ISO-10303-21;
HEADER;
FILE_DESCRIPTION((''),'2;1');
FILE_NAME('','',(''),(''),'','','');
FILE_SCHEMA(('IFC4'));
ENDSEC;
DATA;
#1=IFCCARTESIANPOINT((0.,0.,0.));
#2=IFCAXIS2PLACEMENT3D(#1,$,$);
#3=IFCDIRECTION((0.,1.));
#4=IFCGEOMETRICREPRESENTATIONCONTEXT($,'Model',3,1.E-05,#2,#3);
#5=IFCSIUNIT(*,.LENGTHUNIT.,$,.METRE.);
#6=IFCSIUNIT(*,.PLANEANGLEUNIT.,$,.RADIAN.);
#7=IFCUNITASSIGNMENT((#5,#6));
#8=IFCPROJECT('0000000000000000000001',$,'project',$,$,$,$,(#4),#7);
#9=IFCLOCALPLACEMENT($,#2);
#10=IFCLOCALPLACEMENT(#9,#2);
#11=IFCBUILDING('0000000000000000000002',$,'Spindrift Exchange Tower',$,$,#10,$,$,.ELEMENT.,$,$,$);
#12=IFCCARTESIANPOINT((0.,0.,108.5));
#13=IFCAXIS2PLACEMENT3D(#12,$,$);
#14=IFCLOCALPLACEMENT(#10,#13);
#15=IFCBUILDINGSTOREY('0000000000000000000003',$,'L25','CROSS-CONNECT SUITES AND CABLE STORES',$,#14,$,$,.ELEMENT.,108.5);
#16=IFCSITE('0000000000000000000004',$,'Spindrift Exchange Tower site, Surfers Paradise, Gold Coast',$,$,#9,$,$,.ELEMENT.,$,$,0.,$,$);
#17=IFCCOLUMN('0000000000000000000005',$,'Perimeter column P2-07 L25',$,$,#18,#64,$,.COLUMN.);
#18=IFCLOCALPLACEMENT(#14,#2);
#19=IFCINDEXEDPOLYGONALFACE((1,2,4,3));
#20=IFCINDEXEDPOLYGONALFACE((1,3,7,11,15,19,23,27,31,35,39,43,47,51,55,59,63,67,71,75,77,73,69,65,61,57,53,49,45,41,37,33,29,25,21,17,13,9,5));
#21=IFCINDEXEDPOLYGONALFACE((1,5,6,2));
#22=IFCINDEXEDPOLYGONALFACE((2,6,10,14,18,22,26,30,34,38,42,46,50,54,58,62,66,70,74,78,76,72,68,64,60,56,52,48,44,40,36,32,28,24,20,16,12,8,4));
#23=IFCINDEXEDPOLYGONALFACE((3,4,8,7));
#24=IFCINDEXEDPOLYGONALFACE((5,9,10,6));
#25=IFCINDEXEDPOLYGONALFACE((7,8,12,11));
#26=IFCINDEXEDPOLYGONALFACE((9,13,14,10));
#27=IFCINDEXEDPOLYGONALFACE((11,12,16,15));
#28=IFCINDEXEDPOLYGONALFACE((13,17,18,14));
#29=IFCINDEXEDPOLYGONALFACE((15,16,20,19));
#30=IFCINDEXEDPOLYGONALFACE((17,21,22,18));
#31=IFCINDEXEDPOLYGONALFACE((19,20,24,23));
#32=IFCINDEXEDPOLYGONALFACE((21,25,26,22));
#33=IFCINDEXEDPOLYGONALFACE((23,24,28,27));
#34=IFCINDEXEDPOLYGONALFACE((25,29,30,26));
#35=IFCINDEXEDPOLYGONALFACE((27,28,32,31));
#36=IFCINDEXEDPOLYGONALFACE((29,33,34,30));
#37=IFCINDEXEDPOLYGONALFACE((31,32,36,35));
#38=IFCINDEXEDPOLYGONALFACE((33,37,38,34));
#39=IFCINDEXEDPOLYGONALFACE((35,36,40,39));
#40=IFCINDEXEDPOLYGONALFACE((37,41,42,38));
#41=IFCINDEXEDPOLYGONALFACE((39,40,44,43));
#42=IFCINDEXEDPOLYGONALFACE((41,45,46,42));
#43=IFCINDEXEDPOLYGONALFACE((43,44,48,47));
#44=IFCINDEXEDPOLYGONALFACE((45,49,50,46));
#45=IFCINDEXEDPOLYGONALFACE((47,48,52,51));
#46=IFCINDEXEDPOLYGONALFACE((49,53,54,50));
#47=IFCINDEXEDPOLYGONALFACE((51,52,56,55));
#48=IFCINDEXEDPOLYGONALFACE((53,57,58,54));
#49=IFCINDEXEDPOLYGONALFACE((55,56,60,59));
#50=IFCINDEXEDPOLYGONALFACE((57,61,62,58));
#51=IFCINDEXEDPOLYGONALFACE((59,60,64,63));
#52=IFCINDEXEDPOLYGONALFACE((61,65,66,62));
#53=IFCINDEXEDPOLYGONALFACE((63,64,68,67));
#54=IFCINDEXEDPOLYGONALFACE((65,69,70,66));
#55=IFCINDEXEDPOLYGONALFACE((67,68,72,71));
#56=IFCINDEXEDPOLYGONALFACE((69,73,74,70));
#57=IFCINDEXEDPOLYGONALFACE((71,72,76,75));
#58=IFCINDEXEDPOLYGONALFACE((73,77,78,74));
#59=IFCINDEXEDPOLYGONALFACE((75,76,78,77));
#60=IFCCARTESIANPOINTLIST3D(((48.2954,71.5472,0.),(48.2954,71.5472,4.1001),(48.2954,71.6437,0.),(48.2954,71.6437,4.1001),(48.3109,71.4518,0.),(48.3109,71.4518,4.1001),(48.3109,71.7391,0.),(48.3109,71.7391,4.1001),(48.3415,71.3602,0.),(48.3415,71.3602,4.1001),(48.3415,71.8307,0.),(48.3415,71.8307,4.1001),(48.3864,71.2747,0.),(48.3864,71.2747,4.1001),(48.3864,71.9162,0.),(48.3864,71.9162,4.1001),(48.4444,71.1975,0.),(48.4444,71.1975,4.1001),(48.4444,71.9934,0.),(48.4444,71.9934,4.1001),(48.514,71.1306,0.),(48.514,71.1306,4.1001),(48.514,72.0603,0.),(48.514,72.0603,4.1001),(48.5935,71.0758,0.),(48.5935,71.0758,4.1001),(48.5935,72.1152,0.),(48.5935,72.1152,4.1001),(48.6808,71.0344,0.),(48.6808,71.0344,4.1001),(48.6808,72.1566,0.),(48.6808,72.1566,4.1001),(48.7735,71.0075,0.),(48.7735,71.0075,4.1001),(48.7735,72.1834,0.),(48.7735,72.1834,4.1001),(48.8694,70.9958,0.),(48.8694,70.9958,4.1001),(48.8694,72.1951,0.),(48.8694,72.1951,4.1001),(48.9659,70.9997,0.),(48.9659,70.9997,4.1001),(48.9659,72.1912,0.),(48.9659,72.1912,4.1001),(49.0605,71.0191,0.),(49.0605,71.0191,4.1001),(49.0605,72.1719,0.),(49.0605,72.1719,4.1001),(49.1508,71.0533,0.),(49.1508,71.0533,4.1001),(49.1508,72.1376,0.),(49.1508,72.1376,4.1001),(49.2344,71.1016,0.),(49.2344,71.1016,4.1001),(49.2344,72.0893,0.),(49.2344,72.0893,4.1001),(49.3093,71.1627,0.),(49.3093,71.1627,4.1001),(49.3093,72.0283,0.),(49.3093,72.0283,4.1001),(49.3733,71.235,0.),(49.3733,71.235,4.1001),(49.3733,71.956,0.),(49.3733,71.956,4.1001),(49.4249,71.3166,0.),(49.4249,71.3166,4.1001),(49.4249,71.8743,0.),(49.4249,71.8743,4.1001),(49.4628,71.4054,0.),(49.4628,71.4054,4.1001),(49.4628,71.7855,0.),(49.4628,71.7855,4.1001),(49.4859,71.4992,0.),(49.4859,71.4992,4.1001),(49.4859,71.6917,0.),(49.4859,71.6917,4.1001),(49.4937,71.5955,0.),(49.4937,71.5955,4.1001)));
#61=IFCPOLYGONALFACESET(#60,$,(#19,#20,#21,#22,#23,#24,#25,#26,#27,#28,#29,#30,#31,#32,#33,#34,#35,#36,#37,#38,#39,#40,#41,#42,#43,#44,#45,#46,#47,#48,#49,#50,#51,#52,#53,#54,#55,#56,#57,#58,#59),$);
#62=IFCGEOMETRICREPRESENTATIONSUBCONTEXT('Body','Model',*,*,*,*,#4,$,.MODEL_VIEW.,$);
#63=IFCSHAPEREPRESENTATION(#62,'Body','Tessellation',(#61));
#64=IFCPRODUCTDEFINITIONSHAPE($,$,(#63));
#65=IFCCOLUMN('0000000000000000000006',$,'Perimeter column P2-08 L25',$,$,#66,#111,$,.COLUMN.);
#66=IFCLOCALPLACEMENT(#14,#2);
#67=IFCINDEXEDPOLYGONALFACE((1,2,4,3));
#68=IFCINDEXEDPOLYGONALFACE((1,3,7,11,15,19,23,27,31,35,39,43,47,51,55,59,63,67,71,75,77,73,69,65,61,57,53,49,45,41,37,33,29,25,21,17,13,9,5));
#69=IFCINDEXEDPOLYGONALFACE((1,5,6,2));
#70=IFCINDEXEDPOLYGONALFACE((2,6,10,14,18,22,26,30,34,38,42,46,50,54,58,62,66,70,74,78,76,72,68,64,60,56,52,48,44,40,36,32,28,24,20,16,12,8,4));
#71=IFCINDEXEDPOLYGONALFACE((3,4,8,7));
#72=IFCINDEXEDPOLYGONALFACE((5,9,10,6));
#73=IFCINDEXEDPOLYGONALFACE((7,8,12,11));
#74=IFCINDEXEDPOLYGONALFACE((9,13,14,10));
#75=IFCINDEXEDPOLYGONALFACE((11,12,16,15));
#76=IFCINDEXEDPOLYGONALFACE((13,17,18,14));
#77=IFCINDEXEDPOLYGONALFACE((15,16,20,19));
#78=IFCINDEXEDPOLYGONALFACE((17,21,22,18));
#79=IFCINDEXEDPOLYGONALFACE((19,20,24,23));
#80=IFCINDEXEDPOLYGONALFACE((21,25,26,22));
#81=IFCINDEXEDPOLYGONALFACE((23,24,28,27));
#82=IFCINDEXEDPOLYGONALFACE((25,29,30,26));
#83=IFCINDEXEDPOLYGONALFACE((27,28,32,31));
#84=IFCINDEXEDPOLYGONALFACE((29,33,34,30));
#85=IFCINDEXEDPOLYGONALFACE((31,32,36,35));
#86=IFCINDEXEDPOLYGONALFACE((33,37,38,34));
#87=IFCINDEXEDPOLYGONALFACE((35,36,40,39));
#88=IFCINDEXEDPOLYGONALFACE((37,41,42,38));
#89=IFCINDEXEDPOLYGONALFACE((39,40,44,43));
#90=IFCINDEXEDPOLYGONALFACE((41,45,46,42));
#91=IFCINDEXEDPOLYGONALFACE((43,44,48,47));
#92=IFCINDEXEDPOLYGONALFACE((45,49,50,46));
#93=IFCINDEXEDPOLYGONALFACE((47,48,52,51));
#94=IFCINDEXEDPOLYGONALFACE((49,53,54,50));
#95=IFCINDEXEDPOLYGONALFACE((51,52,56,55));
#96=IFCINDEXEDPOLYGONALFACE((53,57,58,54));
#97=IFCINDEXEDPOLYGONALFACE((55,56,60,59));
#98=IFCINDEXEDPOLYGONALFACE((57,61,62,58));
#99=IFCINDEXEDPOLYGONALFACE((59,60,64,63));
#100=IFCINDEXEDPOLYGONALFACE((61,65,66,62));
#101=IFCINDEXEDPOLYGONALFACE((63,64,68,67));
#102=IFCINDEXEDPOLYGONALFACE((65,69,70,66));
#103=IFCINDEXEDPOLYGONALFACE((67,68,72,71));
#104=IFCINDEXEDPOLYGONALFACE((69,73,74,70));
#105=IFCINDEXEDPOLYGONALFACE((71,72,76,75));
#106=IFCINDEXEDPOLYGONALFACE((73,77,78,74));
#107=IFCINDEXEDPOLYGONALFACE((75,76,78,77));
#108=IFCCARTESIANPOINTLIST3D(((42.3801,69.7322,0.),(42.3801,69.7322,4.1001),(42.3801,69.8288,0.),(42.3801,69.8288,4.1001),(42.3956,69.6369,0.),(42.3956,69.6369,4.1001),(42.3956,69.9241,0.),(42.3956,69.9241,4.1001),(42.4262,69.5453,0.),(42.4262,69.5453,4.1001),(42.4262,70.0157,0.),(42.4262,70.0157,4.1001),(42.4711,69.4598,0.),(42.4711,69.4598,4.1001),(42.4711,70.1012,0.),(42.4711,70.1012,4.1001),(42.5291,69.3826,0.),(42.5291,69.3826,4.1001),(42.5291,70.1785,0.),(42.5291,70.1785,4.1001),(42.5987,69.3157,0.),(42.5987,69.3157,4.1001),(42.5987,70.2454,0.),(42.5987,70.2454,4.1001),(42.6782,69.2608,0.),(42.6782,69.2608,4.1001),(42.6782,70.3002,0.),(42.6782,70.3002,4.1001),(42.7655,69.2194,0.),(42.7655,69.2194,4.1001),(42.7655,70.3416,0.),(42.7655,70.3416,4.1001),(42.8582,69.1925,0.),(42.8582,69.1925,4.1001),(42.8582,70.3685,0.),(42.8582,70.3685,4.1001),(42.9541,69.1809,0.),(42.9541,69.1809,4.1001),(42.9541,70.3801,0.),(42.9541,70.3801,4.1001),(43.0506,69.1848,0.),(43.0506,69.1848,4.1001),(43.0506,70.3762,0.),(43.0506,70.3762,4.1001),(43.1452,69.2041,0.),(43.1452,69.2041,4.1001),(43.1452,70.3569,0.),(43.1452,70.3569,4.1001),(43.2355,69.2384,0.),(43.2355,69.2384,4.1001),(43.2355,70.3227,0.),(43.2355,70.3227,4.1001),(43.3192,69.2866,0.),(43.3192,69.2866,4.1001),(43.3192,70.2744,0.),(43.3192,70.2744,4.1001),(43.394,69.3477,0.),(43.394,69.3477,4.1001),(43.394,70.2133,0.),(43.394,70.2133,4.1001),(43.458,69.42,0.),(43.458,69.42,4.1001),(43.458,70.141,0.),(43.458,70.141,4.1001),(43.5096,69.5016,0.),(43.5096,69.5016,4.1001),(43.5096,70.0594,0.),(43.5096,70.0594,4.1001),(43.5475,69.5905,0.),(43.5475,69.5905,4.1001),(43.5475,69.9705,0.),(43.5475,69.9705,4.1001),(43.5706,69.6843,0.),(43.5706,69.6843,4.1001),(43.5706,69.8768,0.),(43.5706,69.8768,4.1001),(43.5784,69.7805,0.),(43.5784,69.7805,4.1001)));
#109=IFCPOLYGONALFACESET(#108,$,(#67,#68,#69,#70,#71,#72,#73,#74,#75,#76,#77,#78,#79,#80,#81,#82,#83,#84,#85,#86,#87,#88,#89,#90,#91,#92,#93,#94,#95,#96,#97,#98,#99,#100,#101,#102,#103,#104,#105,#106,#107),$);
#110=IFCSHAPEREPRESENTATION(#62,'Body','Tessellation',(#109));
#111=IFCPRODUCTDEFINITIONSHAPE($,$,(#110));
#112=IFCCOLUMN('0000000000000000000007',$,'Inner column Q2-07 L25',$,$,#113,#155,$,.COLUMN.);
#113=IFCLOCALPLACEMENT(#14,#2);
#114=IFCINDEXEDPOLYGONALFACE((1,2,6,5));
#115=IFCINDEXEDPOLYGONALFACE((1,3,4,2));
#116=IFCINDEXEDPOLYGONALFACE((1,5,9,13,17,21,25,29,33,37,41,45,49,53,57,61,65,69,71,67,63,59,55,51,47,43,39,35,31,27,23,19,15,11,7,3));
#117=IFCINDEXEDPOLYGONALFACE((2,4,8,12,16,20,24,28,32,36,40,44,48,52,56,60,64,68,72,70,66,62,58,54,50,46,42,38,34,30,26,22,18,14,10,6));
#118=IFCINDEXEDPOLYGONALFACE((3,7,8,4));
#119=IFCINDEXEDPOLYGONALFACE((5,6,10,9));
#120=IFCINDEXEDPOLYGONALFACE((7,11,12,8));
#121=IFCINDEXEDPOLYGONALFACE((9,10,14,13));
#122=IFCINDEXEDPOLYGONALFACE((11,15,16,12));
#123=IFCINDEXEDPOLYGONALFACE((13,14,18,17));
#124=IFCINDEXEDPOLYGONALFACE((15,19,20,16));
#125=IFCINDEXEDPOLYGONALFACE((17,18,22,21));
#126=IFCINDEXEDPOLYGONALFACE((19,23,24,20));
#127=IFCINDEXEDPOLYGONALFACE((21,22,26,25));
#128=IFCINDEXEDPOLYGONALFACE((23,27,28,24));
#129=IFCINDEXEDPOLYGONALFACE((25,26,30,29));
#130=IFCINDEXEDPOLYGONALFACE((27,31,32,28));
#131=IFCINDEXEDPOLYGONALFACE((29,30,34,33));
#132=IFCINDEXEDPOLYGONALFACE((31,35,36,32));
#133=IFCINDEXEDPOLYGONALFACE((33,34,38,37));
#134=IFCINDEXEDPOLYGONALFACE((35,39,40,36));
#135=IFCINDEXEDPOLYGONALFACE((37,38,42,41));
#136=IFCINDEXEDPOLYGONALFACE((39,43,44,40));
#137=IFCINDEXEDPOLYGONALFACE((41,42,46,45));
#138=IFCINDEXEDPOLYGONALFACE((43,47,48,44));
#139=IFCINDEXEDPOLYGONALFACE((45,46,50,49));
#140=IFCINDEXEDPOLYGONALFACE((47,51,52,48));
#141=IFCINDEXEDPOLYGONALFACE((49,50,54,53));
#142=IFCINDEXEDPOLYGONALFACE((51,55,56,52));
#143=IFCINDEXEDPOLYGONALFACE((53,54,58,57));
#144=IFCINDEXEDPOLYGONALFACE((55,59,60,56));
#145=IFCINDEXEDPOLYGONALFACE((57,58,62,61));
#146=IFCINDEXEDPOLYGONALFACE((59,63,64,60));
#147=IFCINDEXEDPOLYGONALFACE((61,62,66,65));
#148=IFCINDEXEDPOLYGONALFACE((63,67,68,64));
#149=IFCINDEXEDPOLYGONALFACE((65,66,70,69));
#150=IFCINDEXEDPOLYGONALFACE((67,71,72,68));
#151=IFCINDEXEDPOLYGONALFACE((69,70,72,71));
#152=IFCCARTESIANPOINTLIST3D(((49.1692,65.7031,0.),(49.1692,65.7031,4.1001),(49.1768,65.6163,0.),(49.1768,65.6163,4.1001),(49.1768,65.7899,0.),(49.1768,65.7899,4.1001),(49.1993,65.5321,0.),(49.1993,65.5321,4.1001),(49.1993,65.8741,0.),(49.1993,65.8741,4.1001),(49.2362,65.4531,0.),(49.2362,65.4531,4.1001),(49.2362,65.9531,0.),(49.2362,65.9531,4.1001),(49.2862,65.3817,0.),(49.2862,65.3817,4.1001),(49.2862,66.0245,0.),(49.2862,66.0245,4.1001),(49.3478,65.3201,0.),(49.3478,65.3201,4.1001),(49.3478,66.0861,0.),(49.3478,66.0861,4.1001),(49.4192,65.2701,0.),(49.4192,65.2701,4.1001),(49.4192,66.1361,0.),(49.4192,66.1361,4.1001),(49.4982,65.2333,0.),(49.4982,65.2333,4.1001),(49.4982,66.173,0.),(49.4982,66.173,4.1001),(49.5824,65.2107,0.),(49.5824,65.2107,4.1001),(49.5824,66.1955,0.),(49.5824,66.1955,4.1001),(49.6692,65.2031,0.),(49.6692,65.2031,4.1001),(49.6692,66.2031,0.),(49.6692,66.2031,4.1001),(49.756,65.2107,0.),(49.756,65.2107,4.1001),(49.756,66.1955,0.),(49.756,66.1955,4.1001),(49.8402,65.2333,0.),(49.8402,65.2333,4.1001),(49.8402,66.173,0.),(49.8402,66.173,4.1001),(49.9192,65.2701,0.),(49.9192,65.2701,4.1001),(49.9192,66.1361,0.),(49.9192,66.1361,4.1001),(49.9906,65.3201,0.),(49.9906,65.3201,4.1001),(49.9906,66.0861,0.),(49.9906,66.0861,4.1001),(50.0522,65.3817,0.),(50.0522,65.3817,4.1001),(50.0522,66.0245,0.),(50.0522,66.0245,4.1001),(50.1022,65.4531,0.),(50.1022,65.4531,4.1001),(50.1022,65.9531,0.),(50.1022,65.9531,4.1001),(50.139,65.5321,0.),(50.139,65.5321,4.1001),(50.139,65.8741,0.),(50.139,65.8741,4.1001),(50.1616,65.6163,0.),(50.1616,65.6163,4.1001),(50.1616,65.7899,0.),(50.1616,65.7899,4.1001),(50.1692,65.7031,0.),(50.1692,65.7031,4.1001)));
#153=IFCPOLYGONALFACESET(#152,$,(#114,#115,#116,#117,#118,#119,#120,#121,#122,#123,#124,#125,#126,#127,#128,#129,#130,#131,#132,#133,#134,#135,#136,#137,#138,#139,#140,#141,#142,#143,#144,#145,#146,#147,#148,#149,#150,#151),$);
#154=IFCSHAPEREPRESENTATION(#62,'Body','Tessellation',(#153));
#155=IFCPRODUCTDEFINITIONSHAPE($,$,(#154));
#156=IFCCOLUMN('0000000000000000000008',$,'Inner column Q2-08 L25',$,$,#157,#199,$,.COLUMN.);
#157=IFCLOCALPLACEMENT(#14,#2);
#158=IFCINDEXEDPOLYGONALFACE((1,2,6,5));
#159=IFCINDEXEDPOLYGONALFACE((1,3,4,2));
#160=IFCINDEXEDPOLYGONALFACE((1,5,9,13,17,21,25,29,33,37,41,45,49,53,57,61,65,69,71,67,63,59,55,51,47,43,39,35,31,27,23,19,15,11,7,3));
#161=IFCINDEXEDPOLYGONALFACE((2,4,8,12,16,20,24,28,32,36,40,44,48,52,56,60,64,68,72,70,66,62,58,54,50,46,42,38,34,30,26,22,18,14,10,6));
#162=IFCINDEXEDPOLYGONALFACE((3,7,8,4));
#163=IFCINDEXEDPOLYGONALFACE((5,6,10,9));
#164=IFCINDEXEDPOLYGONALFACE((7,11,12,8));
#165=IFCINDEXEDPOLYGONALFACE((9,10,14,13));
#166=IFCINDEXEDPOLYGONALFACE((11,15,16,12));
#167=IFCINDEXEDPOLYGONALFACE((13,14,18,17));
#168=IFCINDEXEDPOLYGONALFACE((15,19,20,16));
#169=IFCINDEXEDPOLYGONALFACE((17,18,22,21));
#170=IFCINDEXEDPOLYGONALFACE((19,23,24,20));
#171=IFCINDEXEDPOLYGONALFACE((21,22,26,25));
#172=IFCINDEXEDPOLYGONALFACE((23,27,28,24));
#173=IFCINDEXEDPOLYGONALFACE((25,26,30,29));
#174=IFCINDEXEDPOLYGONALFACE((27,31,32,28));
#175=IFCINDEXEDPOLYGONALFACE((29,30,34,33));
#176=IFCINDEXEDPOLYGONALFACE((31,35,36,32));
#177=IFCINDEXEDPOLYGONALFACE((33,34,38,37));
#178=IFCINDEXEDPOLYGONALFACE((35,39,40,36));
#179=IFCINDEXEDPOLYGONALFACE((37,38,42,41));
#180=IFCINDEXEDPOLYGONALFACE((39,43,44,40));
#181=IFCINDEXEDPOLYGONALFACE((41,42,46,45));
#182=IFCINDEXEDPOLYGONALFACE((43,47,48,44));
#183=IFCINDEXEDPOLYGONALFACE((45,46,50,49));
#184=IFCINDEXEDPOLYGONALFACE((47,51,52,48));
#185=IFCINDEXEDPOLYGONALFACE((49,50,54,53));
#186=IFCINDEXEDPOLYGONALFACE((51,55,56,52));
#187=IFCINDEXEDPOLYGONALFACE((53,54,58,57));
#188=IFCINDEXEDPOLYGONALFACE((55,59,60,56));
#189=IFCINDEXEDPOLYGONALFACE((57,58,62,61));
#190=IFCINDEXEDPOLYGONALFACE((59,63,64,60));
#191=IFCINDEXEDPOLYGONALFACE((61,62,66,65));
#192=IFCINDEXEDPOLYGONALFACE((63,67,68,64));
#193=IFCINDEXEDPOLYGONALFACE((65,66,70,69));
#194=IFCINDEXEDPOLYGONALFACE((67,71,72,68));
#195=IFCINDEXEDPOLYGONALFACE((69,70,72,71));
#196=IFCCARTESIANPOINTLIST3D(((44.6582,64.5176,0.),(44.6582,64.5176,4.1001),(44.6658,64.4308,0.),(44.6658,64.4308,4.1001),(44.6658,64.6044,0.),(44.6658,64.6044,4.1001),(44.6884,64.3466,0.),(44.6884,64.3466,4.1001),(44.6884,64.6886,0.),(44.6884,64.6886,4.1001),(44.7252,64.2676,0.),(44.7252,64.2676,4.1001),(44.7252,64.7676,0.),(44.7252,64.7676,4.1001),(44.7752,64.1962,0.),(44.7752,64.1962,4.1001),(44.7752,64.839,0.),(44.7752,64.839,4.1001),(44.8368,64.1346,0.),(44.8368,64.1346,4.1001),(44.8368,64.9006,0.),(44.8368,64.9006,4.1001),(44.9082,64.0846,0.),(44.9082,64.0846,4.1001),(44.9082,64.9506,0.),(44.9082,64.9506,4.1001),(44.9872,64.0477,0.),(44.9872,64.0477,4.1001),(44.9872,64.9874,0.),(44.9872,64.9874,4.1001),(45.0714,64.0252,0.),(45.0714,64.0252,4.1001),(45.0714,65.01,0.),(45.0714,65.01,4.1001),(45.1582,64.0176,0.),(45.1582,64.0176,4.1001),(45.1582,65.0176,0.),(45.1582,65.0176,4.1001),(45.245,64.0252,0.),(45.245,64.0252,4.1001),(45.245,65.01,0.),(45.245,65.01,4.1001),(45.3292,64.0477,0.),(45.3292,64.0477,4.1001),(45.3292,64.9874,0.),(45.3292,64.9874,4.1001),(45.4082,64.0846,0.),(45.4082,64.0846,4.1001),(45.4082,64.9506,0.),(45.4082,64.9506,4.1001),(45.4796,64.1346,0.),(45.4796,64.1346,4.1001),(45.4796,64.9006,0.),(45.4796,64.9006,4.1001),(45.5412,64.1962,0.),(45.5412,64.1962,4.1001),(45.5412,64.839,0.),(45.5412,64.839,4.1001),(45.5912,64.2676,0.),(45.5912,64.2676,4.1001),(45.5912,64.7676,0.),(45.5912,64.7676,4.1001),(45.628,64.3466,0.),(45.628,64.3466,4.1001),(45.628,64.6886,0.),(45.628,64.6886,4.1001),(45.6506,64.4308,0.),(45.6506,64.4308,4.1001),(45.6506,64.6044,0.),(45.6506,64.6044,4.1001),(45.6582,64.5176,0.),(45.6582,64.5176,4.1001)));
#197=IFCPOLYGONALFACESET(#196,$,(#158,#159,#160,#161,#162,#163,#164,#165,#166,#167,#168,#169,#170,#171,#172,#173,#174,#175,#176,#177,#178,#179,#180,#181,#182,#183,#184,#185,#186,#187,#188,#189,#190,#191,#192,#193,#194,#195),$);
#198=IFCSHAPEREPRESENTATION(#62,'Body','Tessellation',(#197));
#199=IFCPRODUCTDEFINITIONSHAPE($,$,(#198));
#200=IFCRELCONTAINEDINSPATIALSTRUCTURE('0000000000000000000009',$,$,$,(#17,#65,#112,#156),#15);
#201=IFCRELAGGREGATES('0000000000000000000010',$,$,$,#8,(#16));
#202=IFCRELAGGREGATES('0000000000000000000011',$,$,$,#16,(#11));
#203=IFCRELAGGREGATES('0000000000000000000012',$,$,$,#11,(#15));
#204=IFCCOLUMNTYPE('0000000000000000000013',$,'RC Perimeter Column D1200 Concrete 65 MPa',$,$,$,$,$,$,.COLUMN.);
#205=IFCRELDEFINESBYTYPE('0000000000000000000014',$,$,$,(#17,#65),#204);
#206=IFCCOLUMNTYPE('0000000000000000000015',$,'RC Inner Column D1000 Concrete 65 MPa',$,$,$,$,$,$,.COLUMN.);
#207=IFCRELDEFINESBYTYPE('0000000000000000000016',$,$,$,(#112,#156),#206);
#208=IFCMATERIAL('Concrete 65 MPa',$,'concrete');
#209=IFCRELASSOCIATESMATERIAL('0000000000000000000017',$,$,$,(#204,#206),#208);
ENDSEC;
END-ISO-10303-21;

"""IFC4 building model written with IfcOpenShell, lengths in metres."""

from ifc_helpers import new_model, si_unit, direction, frame, origin, origin_2d, place, context, subcontext, project, spatial, circle, extrude, source, transform, mapped, material, material_profile, profile_set, type_object, element, save


model = new_model("IFC4")

# Units and contexts
model_context = context("Model", 3, precision=1e-05, world=origin(), true_north=direction((0.0, 1.0)))
body_context = subcontext(model_context, "Body", "Model", "MODEL_VIEW")
ifc_project = project(units=[si_unit("LENGTHUNIT", "METRE"), si_unit("PLANEANGLEUNIT", "RADIAN")], contexts=[model_context])

# Site, building, storey
site_placement = place(None, origin())
site = spatial("IfcSite", under=ifc_project, at=site_placement, Name="Spindrift Exchange Tower site, Surfers Paradise, Gold Coast", CompositionType="ELEMENT", RefElevation=0.0)
building_placement = place(site_placement, origin())
building = spatial("IfcBuilding", under=site, at=building_placement, Name="Spindrift Exchange Tower", CompositionType="ELEMENT")
storey_placement = place(building_placement, frame((0.0, 0.0, 108.5)))
storey = spatial("IfcBuildingStorey", under=building, at=storey_placement, Name="L25", Description="CROSS-CONNECT SUITES AND CABLE STORES", CompositionType="ELEMENT", Elevation=108.5)

# Columns
ifc_material_1 = material(Name="Concrete 65 MPa", Category="concrete")
ifc_material_profile_1 = material_profile(ifc_material_1, circle(Radius=0.6001, at=origin_2d()), Name="RC D1200")
ifc_profile_set_1 = profile_set([ifc_material_profile_1], Name="Concrete 65 MPa")
column_type_1 = type_object("IfcColumnType", Name="RC Perimeter Column D1200 Concrete 65 MPa", PredefinedType="COLUMN", material=ifc_profile_set_1)
shared_shape_1 = source(origin(), body_context, "Body", "SweptSolid", [
    extrude(circle(Radius=0.6001, at=origin_2d()), origin(), (0.0, 0.0, 1.0), 4.1001),
])
for number, where, z_axis, x_axis, name in (
    (1, (48.8936, 71.5955, 0.0), (0.0, 0.0, 1.0), (1.0, 0.0, 0.0), "Perimeter column P2-07 L25"),
    (2, (42.9783, 69.7805, 0.0), (0.0, 0.0, 1.0), (1.0, 0.0, 0.0), "Perimeter column P2-08 L25"),
):
    element("IfcColumn", number, at=place(storey_placement, frame(where, z_axis=z_axis, x_axis=x_axis)), inside=storey, type_object=column_type_1, Name=name, PredefinedType="COLUMN", context=body_context, shape_type="MappedRepresentation", body=[
        mapped(shared_shape_1, transform((0.0, 0.0, 0.0), scale=1.0)),
    ])
ifc_material_profile_2 = material_profile(ifc_material_1, circle(Radius=0.5, at=origin_2d()), Name="RC D1000")
ifc_profile_set_2 = profile_set([ifc_material_profile_2], Name="Concrete 65 MPa")
column_type_2 = type_object("IfcColumnType", Name="RC Inner Column D1000 Concrete 65 MPa", PredefinedType="COLUMN", material=ifc_profile_set_2)
shared_shape_2 = source(origin(), body_context, "Body", "SweptSolid", [
    extrude(circle(Radius=0.5, at=origin_2d()), origin(), (0.0, 0.0, 1.0), 4.1001),
])
for number, where, z_axis, x_axis, name in (
    (3, (49.6692, 65.7031, 0.0), (0.0, 0.0, 1.0), (1.0, 0.0, 0.0), "Inner column Q2-07 L25"),
    (4, (45.1582, 64.5176, 0.0), (0.0, 0.0, 1.0), (1.0, 0.0, 0.0), "Inner column Q2-08 L25"),
):
    element("IfcColumn", number, at=place(storey_placement, frame(where, z_axis=z_axis, x_axis=x_axis)), inside=storey, type_object=column_type_2, Name=name, PredefinedType="COLUMN", context=body_context, shape_type="MappedRepresentation", body=[
        mapped(shared_shape_2, transform((0.0, 0.0, 0.0), scale=1.0)),
    ])

save(model, "model.ifc")
